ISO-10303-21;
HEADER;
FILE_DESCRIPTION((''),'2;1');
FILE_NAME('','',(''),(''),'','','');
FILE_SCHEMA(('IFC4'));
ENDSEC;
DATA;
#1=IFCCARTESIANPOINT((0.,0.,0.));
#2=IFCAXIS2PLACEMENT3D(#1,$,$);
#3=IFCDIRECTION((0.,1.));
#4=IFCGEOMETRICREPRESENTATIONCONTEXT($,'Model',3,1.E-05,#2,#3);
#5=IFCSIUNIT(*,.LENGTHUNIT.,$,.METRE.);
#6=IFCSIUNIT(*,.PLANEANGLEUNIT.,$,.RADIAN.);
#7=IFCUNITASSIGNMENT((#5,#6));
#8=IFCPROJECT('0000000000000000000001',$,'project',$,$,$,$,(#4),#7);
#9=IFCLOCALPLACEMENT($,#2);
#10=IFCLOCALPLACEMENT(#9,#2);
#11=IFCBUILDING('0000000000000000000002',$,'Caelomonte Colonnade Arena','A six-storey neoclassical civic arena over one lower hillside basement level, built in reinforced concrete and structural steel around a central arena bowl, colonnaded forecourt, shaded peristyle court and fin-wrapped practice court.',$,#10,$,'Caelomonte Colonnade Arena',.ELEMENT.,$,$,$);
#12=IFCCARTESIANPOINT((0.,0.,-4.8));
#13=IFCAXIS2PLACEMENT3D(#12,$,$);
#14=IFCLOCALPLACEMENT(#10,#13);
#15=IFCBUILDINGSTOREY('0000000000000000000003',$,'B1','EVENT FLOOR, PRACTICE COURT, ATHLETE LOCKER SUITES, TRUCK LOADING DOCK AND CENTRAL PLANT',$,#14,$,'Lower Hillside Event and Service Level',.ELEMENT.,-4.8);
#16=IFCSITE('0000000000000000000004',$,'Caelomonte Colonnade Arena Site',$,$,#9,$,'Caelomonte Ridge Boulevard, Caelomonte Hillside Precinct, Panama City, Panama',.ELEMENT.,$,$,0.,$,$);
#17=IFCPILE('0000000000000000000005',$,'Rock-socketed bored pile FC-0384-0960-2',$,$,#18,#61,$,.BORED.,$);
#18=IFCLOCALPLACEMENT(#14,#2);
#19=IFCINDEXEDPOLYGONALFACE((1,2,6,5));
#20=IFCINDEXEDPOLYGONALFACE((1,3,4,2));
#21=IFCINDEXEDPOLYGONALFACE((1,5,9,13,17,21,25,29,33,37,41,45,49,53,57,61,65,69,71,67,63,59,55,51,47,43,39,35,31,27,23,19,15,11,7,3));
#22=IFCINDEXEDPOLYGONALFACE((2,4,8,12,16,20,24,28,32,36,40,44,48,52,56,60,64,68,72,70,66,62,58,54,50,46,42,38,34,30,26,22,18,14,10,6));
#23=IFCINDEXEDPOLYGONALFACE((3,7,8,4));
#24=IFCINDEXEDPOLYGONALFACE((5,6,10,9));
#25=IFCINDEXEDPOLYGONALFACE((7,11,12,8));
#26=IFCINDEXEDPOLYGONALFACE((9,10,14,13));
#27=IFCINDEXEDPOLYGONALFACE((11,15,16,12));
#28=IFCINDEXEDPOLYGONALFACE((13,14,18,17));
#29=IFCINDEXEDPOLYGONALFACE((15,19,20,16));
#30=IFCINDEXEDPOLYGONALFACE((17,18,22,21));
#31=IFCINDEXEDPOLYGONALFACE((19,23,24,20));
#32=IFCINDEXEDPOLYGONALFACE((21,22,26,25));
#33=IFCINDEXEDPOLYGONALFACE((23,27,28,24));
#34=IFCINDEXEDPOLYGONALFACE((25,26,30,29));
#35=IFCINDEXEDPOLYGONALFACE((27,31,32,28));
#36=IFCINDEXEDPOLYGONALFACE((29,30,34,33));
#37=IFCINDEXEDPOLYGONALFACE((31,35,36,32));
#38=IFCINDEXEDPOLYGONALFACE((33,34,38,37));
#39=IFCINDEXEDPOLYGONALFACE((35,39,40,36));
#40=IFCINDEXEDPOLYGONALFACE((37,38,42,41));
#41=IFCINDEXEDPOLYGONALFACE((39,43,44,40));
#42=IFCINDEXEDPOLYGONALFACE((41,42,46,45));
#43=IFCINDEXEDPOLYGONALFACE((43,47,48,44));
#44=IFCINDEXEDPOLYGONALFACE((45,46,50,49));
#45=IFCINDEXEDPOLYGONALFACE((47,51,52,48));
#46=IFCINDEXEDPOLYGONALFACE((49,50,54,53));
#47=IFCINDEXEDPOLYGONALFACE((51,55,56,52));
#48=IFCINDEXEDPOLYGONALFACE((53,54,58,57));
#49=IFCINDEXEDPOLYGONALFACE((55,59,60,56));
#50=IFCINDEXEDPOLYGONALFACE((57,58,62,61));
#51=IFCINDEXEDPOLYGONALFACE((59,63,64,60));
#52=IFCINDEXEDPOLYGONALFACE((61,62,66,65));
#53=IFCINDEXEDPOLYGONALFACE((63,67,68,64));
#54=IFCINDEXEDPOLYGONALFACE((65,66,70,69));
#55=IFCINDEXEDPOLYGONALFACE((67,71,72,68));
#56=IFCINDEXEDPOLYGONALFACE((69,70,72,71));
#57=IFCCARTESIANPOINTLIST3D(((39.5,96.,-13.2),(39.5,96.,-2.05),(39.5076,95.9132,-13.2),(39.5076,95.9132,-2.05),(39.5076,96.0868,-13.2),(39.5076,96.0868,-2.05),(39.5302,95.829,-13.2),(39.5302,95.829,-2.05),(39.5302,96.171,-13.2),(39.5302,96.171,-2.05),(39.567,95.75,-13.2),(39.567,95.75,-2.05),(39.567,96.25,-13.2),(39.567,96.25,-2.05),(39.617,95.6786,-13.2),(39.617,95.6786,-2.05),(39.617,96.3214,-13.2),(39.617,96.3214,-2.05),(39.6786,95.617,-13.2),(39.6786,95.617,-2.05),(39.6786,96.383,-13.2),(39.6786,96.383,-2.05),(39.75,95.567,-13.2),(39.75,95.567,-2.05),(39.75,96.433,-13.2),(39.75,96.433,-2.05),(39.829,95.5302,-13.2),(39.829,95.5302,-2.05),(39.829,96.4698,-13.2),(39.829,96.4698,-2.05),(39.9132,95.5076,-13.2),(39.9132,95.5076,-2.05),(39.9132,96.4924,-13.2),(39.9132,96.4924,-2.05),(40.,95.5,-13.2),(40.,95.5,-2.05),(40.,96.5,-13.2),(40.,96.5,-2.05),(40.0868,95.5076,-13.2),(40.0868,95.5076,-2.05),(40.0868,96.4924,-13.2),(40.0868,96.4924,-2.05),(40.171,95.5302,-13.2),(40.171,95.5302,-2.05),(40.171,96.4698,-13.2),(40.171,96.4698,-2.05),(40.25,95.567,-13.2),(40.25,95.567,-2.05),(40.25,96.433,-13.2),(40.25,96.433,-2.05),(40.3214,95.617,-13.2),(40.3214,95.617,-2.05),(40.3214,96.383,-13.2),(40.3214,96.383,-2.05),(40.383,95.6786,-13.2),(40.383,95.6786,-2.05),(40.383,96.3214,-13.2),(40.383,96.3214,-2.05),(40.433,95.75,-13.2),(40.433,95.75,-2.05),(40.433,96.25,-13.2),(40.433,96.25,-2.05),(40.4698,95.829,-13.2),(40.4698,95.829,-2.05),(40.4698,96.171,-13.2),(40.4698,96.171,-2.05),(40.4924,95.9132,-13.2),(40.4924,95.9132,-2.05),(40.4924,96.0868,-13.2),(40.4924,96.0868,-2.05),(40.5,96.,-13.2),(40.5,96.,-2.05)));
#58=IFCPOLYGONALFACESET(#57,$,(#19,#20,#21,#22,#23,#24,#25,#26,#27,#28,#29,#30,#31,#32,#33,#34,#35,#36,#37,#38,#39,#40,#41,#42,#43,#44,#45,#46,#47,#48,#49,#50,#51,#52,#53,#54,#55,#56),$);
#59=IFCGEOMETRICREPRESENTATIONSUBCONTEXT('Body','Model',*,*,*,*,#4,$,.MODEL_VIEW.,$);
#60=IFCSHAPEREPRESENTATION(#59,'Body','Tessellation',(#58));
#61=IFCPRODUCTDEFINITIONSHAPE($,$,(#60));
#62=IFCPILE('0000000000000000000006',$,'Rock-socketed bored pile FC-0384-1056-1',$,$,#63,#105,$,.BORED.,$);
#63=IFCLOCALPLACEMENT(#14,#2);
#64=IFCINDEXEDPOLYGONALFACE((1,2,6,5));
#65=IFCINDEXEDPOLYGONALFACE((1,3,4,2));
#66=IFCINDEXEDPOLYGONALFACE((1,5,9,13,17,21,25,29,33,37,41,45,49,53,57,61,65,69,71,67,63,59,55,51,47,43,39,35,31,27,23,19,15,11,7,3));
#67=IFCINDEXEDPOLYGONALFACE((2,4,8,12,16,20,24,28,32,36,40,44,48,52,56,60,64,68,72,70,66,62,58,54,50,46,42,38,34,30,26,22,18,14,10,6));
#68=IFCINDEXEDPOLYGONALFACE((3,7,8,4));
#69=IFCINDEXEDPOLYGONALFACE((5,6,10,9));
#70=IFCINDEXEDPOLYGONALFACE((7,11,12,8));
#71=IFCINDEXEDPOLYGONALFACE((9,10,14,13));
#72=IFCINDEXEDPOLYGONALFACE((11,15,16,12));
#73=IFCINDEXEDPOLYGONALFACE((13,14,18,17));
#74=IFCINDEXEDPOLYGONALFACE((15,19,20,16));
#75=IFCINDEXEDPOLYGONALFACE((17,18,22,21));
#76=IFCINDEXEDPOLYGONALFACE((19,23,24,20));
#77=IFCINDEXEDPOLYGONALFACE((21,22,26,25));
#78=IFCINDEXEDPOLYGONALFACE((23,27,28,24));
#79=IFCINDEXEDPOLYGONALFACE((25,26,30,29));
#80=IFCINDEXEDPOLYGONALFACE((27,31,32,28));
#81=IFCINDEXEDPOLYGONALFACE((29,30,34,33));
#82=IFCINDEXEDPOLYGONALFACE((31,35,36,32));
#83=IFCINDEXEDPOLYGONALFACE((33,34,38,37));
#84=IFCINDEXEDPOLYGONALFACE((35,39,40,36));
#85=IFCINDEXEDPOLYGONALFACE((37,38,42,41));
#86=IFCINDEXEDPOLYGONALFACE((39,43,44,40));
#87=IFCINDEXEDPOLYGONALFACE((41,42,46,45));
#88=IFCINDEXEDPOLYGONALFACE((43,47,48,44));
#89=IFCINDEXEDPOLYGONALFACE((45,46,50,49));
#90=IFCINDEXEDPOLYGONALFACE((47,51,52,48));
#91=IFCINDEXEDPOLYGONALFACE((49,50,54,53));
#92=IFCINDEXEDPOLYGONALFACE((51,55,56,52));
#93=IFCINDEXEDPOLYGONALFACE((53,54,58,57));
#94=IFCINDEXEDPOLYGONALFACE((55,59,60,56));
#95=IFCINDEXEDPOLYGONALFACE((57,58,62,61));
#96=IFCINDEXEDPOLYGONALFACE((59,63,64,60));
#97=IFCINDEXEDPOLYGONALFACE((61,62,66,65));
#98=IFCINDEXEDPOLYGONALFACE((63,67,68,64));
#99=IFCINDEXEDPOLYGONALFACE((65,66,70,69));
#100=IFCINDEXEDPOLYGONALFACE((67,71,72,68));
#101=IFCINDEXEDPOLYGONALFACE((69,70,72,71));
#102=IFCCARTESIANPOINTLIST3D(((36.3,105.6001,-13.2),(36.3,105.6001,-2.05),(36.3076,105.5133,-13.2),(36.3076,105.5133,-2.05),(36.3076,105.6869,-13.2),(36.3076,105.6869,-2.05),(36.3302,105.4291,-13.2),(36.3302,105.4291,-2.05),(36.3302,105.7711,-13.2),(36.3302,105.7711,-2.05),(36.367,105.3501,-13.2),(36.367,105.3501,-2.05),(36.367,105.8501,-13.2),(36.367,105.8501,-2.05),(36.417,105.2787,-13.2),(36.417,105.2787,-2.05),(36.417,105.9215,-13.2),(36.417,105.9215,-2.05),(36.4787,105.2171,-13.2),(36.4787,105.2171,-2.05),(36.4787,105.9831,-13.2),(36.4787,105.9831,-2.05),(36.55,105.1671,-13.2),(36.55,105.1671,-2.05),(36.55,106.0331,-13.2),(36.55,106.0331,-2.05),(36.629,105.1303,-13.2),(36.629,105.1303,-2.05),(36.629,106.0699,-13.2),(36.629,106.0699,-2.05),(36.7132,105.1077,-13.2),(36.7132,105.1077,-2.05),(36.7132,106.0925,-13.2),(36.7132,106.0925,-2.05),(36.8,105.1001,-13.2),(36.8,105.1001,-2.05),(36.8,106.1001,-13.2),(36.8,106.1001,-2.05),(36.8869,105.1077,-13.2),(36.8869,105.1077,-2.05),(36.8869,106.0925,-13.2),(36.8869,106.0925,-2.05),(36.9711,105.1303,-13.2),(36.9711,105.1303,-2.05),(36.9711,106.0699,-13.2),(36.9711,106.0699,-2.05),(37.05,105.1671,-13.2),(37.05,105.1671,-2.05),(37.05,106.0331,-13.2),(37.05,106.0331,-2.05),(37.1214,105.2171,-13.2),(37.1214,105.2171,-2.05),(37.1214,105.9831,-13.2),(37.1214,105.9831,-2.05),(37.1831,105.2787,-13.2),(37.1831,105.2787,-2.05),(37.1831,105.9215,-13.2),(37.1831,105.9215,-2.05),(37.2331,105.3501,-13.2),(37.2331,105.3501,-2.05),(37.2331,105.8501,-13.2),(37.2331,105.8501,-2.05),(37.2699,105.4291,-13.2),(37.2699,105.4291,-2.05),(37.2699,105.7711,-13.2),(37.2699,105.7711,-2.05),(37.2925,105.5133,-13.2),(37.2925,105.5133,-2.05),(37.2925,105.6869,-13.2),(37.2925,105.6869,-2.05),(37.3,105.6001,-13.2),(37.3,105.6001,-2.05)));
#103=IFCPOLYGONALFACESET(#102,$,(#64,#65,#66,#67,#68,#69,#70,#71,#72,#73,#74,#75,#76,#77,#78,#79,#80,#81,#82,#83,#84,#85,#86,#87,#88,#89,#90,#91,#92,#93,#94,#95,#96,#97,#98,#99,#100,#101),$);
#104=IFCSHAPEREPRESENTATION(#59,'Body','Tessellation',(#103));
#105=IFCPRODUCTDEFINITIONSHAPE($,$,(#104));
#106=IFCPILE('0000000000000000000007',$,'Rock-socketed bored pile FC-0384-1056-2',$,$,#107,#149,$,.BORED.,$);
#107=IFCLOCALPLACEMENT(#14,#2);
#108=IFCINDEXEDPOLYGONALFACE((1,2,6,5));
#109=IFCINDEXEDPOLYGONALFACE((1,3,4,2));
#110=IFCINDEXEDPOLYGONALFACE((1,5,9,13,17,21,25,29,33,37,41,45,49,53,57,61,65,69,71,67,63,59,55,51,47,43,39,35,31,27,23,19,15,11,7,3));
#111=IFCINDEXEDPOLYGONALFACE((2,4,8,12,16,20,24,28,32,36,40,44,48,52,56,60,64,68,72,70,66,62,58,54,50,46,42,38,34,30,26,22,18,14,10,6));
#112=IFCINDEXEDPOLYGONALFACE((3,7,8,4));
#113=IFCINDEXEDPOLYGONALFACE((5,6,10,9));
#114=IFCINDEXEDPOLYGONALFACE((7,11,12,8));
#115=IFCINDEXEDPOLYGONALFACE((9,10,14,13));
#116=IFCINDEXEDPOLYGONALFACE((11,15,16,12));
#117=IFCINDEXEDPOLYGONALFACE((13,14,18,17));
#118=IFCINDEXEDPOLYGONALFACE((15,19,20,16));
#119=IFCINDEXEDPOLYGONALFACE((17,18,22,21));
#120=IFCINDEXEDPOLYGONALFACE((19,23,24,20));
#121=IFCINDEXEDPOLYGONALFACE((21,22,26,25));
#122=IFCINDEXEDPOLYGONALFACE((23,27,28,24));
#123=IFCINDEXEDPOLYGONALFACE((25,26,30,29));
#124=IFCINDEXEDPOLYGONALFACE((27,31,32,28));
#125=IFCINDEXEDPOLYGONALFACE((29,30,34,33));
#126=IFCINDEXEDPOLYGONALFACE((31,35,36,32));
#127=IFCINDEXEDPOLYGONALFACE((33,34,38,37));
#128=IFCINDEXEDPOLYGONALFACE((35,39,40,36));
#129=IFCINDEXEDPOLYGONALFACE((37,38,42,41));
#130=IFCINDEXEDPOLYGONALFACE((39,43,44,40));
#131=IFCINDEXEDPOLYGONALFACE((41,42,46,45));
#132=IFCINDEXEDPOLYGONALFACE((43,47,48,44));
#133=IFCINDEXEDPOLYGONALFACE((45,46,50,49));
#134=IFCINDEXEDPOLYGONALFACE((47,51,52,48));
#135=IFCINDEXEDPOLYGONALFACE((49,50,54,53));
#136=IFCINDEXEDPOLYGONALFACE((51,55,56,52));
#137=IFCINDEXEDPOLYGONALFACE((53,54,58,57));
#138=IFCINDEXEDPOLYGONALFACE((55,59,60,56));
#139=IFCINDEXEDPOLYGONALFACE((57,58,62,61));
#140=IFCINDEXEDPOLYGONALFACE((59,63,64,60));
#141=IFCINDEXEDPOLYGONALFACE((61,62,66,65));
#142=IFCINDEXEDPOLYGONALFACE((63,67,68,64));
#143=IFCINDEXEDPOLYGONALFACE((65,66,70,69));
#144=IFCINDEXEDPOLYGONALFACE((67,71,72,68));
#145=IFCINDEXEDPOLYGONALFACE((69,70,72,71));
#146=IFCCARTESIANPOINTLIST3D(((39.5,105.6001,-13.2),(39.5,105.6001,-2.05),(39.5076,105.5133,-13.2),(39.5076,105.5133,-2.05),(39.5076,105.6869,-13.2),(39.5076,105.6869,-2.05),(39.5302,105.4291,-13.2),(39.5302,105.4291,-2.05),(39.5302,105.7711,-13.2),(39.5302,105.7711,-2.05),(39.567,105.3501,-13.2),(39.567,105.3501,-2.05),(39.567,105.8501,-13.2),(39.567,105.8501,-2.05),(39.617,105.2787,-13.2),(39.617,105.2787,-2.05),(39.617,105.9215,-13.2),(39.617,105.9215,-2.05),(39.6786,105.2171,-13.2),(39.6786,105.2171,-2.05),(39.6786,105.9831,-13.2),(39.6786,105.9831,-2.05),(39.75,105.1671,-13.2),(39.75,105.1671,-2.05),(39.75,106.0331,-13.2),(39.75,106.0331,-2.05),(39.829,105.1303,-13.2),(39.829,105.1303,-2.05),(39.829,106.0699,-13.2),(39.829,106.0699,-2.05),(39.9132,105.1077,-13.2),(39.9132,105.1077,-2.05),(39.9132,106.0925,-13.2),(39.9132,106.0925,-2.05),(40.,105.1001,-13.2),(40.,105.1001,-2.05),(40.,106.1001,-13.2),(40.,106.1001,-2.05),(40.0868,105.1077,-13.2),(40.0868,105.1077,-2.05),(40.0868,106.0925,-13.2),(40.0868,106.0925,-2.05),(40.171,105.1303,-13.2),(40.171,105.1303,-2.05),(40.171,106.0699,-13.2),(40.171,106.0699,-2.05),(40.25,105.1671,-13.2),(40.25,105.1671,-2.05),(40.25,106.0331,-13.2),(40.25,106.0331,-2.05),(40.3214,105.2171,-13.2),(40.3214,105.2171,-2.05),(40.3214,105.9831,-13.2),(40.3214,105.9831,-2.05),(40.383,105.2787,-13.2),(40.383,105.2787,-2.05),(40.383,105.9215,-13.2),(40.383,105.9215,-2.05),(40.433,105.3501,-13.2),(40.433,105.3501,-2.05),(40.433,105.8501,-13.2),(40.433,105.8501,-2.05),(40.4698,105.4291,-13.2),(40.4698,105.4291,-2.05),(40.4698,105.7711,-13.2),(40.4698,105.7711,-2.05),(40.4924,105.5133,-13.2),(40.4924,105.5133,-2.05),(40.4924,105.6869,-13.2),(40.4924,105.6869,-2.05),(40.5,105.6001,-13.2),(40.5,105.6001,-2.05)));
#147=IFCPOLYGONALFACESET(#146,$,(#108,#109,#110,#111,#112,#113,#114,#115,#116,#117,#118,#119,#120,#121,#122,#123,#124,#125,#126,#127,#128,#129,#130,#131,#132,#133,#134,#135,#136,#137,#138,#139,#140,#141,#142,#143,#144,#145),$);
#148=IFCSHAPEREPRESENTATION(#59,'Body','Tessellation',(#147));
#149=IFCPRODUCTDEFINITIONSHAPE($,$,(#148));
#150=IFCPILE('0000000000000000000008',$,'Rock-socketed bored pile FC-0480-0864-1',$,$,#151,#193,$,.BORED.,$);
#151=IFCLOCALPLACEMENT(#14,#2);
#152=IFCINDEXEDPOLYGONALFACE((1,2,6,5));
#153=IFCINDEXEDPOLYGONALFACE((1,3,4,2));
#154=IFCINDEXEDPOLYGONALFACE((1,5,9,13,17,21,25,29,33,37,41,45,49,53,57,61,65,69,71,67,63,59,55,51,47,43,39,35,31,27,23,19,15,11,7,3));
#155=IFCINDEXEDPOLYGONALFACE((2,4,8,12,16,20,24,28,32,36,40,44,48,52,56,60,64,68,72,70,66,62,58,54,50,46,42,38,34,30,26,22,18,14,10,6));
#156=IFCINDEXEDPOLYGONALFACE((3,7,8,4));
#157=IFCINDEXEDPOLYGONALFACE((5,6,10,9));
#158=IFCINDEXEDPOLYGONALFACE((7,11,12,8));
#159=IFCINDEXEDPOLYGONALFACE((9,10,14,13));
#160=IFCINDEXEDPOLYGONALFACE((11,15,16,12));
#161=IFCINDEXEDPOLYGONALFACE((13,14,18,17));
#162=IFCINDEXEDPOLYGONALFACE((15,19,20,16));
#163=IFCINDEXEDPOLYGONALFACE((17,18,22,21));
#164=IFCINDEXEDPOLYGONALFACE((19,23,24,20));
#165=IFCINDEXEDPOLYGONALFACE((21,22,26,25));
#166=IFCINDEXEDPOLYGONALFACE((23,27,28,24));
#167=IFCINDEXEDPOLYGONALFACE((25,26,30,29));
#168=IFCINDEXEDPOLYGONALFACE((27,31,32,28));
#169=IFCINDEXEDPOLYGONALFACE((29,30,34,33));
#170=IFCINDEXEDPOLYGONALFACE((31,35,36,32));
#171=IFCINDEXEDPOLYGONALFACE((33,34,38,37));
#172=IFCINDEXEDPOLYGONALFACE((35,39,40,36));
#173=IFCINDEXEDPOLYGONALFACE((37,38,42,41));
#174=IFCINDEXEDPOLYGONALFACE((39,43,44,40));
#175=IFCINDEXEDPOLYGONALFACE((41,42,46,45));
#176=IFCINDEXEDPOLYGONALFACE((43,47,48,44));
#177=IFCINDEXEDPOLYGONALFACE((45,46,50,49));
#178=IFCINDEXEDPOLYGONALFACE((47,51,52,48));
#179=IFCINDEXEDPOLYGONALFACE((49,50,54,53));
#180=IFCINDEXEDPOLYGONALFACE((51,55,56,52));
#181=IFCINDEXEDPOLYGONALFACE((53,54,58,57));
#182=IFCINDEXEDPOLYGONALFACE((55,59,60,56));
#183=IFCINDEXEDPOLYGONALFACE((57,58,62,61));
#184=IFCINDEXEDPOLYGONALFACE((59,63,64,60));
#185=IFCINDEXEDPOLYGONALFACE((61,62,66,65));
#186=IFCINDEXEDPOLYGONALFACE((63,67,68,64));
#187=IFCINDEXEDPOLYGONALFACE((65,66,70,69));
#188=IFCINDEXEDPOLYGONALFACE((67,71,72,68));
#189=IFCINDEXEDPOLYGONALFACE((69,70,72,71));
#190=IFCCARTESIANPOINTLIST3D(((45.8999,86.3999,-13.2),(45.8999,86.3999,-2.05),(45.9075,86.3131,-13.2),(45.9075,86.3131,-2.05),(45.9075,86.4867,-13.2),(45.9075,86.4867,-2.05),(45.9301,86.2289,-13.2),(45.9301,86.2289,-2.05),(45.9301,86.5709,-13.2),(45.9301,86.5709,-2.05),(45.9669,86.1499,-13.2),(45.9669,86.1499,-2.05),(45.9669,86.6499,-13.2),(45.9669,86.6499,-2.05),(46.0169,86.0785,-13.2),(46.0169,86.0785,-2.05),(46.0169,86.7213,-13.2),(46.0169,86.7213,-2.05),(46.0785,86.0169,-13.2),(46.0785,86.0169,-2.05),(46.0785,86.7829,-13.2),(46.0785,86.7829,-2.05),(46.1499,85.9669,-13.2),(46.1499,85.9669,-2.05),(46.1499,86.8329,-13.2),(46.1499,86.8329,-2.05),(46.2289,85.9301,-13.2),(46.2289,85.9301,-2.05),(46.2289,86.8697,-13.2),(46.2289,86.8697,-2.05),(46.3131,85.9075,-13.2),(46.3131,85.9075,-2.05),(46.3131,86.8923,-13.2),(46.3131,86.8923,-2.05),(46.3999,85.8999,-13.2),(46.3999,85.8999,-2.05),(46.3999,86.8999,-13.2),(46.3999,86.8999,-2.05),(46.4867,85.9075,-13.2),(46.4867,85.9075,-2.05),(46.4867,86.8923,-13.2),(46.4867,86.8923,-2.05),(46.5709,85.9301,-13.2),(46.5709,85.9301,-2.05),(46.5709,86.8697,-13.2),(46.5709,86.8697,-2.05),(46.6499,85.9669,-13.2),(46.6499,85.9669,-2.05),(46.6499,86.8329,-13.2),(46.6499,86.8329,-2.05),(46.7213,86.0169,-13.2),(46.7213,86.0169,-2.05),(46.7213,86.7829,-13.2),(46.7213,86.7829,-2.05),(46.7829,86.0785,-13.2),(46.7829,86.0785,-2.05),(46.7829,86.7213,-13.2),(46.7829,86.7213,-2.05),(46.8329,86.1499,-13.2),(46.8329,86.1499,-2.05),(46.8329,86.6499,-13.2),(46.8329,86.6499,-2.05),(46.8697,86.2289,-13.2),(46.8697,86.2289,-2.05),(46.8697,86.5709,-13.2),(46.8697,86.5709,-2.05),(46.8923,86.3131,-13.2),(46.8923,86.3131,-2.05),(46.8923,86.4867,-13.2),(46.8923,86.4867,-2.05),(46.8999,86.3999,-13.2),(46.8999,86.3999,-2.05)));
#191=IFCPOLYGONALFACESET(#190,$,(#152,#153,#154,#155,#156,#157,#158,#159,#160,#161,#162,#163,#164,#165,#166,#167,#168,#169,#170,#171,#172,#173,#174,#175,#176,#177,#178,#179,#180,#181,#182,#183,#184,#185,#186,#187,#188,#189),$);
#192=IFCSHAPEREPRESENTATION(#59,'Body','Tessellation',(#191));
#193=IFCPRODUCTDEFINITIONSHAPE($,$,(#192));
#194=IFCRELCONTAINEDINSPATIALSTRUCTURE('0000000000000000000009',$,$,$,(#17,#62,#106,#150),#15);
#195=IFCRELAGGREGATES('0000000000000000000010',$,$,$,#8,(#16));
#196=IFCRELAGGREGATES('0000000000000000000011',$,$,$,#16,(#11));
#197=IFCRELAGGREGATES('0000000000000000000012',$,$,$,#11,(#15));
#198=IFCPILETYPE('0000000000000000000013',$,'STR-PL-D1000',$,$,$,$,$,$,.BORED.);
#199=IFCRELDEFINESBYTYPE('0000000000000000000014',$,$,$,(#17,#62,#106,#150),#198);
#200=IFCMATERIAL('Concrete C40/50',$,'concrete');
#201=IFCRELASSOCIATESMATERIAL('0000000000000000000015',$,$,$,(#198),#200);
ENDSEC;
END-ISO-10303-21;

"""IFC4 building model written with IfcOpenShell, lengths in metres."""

from ifc_helpers import new_model, si_unit, direction, frame, origin, origin_2d, place, context, subcontext, project, spatial, circle, extrude, material, material_profile, profile_set, type_object, element, save


model = new_model("IFC4")

# Units and contexts
model_context = context("Model", 3, precision=1e-05, world=origin(), true_north=direction((0.0, 1.0)))
body_context = subcontext(model_context, "Body", "Model", "MODEL_VIEW")
ifc_project = project(units=[si_unit("LENGTHUNIT", "METRE"), si_unit("PLANEANGLEUNIT", "RADIAN")], contexts=[model_context])

# Site, building, storey
site_placement = place(None, origin())
site = spatial("IfcSite", under=ifc_project, at=site_placement, Name="Caelomonte Colonnade Arena Site", LongName="Caelomonte Ridge Boulevard, Caelomonte Hillside Precinct, Panama City, Panama", CompositionType="ELEMENT", RefElevation=0.0)
building_placement = place(site_placement, origin())
building = spatial("IfcBuilding", under=site, at=building_placement, Name="Caelomonte Colonnade Arena", Description="A six-storey neoclassical civic arena over one lower hillside basement level, built in reinforced concrete and structural steel around a central arena bowl, colonnaded forecourt, shaded peristyle court and fin-wrapped practice court.", LongName="Caelomonte Colonnade Arena", CompositionType="ELEMENT")
storey_placement = place(building_placement, frame((0.0, 0.0, -4.8)))
storey = spatial("IfcBuildingStorey", under=building, at=storey_placement, Name="B1", Description="EVENT FLOOR, PRACTICE COURT, ATHLETE LOCKER SUITES, TRUCK LOADING DOCK AND CENTRAL PLANT", LongName="Lower Hillside Event and Service Level", CompositionType="ELEMENT", Elevation=-4.8)

# Shared definitions
ifc_material_1 = material(Name="Concrete C40/50", Category="concrete")

# Piles
ifc_material_profile_1 = material_profile(ifc_material_1, circle(Radius=0.5, at=origin_2d()), Name="PILE-D1000")
ifc_profile_set_1 = profile_set([ifc_material_profile_1], Name="Concrete C40/50")
pile_type_1 = type_object("IfcPileType", Name="STR-PL-D1000", PredefinedType="BORED", material=ifc_profile_set_1)
for number, where, z_axis, x_axis, name in (
    (1, (40.0, 96.0, -2.05), (0.0, 0.0, -1.0), (1.0, 0.0, 0.0), "Rock-socketed bored pile FC-0384-0960-2"),
    (2, (36.8, 105.6001, -2.05), (0.0, 0.0, -1.0), (1.0, 0.0, 0.0), "Rock-socketed bored pile FC-0384-1056-1"),
    (3, (40.0, 105.6001, -2.05), (0.0, 0.0, -1.0), (1.0, 0.0, 0.0), "Rock-socketed bored pile FC-0384-1056-2"),
    (4, (46.3999, 86.3999, -2.05), (0.0, 0.0, -1.0), (1.0, 0.0, 0.0), "Rock-socketed bored pile FC-0480-0864-1"),
):
    element("IfcPile", number, at=place(storey_placement, frame(where, z_axis=z_axis, x_axis=x_axis)), inside=storey, type_object=pile_type_1, Name=name, PredefinedType="BORED", context=body_context, shape_type="SweptSolid", body=[
        extrude(circle(Radius=0.5, at=origin_2d()), origin(), (0.0, 0.0, 1.0), 11.1499),
    ])

save(model, "model.ifc")
